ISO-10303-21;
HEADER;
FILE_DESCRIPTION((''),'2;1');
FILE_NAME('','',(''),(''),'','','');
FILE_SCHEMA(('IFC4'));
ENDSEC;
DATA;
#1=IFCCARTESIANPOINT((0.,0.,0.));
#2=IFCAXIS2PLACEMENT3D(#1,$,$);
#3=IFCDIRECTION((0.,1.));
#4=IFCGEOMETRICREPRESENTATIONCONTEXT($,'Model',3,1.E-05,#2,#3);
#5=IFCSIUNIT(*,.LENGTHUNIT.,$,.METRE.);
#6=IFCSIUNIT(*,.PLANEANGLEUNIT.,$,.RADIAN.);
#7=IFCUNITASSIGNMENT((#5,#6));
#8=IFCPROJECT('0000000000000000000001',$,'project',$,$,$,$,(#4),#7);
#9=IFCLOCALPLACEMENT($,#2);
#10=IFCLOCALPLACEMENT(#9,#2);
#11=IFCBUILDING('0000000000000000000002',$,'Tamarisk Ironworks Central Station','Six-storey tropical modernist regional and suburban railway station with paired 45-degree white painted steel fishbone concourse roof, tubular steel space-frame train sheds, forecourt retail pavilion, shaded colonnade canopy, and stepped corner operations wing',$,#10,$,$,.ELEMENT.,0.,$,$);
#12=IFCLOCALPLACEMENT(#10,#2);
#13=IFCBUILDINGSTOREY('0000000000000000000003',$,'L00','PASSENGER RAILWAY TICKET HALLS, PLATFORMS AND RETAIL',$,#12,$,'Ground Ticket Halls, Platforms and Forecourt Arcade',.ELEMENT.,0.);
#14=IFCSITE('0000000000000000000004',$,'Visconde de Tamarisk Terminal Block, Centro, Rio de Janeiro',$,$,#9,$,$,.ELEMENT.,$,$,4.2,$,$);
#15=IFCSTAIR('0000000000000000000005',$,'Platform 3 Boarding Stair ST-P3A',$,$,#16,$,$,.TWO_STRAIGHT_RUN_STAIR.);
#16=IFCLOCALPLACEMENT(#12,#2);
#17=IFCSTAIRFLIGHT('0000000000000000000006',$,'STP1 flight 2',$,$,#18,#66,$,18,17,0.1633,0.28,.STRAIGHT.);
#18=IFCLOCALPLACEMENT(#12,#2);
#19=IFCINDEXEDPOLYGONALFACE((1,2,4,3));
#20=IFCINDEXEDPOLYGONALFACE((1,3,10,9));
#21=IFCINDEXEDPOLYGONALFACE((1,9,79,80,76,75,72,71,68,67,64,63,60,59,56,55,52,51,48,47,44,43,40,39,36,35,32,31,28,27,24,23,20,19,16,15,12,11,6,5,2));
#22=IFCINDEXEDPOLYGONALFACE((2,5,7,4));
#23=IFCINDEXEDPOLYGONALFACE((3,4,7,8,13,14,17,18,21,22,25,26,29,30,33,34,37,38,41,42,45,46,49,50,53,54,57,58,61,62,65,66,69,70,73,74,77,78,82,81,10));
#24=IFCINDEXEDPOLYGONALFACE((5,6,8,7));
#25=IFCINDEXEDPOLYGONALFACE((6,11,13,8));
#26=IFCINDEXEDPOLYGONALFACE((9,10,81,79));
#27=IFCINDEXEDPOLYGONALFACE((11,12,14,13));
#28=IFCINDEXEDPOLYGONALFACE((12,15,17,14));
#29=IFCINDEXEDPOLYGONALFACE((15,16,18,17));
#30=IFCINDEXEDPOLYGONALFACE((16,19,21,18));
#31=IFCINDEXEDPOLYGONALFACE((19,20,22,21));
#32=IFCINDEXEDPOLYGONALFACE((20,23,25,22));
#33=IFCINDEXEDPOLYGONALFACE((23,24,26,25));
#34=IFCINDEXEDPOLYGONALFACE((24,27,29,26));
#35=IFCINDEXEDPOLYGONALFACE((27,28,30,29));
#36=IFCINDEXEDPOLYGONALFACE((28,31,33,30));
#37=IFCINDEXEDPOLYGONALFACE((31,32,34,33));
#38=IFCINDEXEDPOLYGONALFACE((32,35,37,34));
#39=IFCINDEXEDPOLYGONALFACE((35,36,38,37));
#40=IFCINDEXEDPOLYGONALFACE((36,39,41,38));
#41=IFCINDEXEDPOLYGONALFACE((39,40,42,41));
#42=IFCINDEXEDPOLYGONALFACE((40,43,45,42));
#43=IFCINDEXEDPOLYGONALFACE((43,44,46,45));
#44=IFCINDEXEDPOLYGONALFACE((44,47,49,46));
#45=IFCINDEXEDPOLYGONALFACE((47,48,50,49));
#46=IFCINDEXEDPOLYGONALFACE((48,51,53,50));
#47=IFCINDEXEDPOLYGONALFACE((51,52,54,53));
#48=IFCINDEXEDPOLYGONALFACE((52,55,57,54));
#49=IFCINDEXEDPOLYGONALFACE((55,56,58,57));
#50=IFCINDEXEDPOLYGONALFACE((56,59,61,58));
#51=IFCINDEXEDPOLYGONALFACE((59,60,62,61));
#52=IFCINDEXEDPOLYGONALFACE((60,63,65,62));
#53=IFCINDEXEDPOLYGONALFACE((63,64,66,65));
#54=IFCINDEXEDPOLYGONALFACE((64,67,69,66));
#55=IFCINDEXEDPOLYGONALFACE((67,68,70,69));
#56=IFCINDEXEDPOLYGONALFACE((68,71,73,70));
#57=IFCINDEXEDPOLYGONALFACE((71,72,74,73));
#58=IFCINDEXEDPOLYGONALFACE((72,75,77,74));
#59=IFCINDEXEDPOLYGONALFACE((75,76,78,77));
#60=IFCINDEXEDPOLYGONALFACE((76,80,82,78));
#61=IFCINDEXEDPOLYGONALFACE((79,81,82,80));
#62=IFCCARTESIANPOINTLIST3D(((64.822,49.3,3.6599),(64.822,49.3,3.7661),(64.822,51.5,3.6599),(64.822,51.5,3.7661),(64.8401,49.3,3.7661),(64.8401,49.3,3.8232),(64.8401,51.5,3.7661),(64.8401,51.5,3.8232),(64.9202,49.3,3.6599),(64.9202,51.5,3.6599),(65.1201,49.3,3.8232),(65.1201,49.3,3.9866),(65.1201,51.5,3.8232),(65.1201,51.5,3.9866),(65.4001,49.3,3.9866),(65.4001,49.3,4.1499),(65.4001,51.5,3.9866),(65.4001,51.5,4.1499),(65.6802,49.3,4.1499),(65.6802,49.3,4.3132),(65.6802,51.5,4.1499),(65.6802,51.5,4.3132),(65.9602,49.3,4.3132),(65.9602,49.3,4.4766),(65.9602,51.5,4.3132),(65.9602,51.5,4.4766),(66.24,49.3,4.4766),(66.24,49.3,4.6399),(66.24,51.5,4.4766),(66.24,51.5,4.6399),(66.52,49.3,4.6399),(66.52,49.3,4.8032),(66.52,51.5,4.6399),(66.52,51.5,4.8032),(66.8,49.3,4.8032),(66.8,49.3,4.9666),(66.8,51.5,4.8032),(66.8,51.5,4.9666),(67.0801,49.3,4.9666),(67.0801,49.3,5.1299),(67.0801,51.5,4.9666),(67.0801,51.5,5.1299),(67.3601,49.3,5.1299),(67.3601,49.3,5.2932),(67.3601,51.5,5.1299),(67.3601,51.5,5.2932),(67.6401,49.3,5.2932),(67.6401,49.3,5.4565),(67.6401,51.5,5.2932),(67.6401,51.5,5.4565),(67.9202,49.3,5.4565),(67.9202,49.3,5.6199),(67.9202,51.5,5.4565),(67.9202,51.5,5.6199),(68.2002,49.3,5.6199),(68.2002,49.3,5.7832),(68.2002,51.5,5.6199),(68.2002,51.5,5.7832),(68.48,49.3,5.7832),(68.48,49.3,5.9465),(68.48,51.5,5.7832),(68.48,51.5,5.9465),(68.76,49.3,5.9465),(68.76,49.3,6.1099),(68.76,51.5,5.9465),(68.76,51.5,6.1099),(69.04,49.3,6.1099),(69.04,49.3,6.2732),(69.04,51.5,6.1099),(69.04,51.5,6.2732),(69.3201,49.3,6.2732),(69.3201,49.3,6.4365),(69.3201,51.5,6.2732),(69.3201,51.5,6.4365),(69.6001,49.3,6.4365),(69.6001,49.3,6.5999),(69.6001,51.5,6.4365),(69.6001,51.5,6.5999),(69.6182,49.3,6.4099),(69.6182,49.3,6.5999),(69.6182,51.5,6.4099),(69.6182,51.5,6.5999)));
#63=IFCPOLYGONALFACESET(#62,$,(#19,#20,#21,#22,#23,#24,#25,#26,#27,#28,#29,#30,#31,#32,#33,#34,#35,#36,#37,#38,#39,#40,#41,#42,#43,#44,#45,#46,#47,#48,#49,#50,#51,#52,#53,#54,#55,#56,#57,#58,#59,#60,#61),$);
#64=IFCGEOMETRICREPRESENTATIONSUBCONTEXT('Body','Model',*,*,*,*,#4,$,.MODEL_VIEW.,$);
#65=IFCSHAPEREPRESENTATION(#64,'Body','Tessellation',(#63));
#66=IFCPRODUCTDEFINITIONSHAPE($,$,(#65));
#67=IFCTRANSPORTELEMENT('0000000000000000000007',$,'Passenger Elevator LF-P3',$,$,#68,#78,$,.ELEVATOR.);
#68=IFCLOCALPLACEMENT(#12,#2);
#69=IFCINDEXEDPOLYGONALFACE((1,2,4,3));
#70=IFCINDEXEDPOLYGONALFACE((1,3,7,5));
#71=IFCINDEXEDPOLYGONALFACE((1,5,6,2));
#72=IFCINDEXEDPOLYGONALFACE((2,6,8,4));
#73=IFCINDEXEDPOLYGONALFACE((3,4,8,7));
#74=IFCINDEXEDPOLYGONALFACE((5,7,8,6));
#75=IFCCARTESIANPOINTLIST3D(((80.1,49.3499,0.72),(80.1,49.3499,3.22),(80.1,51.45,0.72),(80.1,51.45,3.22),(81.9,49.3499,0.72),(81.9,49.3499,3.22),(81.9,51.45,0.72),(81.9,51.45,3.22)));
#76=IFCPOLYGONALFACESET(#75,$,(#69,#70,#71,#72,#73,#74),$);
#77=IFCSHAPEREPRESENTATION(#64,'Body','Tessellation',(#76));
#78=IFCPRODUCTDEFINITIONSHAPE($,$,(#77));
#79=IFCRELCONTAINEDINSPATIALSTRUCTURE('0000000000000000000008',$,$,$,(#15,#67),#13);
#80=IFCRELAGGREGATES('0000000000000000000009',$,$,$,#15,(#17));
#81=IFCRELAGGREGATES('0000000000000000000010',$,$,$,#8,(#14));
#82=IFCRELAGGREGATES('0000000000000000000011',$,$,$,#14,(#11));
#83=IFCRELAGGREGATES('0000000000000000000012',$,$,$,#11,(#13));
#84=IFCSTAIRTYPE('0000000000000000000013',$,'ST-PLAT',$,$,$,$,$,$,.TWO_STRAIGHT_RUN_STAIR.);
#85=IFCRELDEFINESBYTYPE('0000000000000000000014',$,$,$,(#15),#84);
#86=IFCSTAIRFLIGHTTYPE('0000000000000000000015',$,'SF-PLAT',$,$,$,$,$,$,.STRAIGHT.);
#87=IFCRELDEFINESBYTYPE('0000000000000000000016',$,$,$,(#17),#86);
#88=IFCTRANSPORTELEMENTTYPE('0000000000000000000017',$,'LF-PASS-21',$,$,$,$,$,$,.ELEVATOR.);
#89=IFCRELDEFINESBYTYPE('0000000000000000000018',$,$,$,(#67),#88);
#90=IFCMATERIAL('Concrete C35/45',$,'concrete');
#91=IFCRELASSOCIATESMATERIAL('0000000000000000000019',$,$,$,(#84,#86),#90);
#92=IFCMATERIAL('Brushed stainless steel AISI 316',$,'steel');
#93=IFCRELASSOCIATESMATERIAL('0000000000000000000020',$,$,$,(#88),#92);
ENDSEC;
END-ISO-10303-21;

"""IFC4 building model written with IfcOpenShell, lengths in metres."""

from ifc_helpers import new_model, si_unit, direction, frame, origin, origin_2d, place, context, subcontext, project, spatial, polyline, rectangle, outline, extrude, material, type_object, element, aggregate, save


model = new_model("IFC4")

# Units and contexts
model_context = context("Model", 3, precision=1e-05, world=origin(), true_north=direction((0.0, 1.0)))
body_context = subcontext(model_context, "Body", "Model", "MODEL_VIEW")
ifc_project = project(units=[si_unit("LENGTHUNIT", "METRE"), si_unit("PLANEANGLEUNIT", "RADIAN")], contexts=[model_context])

# Site, building, storey
site_placement = place(None, origin())
site = spatial("IfcSite", under=ifc_project, at=site_placement, Name="Visconde de Tamarisk Terminal Block, Centro, Rio de Janeiro", CompositionType="ELEMENT", RefElevation=4.2)
building_placement = place(site_placement, origin())
building = spatial("IfcBuilding", under=site, at=building_placement, Name="Tamarisk Ironworks Central Station", Description="Six-storey tropical modernist regional and suburban railway station with paired 45-degree white painted steel fishbone concourse roof, tubular steel space-frame train sheds, forecourt retail pavilion, shaded colonnade canopy, and stepped corner operations wing", CompositionType="ELEMENT", ElevationOfRefHeight=0.0)
storey_placement = place(building_placement, origin())
storey = spatial("IfcBuildingStorey", under=building, at=storey_placement, Name="L00", Description="PASSENGER RAILWAY TICKET HALLS, PLATFORMS AND RETAIL", LongName="Ground Ticket Halls, Platforms and Forecourt Arcade", CompositionType="ELEMENT", Elevation=0.0)

# Stair, stair flight
ifc_material_1 = material(Name="Concrete C35/45", Category="concrete")
stair_type = type_object("IfcStairType", Name="ST-PLAT", PredefinedType="TWO_STRAIGHT_RUN_STAIR", material=ifc_material_1)
stair_placement = place(storey_placement, origin())
stair = element("IfcStair", 1, at=stair_placement, inside=storey, type_object=stair_type, Name="Platform 3 Boarding Stair ST-P3A", PredefinedType="TWO_STRAIGHT_RUN_STAIR")
stair_flight_type = type_object("IfcStairFlightType", Name="SF-PLAT", PredefinedType="STRAIGHT", material=ifc_material_1)
stair_flight_placement = place(storey_placement, frame((64.8401, 50.3999, 3.6599), z_axis=(0.0, 0.0, 1.0), x_axis=(1.0, 0.0, 0.0)))
stair_flight = element("IfcStairFlight", 2, at=stair_flight_placement, type_object=stair_flight_type, Name="STP1 flight 2", NumberOfRisers=18, NumberOfTreads=17, PredefinedType="STRAIGHT", RiserHeight=0.1633, TreadLength=0.28, context=body_context, shape_type="SweptSolid", body=[
    extrude(outline(polyline([(-0.0181, 0.0), (-0.0181, 0.1062), (0.0, 0.1062), (0.0, 0.1633), (0.28, 0.1633), (0.28, 0.3267), (0.5601, 0.3267), (0.5601, 0.49), (0.8401, 0.49), (0.8401, 0.6533), (1.1201, 0.6533), (1.1201, 0.8167), (1.3999, 0.8167), (1.3999, 0.98), (1.6799, 0.98), (1.6799, 1.1433), (1.96, 1.1433), (1.96, 1.3066), (2.24, 1.3066), (2.24, 1.47), (2.52, 1.47), (2.52, 1.6333), (2.8, 1.6333), (2.8, 1.7966), (3.0801, 1.7966), (3.0801, 1.96), (3.3601, 1.96), (3.3601, 2.1233), (3.6399, 2.1233), (3.6399, 2.2866), (3.9199, 2.2866), (3.9199, 2.45), (4.2, 2.45), (4.2, 2.6133), (4.48, 2.6133), (4.48, 2.7766), (4.76, 2.7766), (4.76, 2.9399), (4.7781, 2.9399), (4.7781, 2.75), (0.0801, 0.0), (-0.0181, 0.0)])), frame((0.0, 1.1001, 0.0), z_axis=(0.0, -1.0, 0.0), x_axis=(1.0, 0.0, 0.0)), (0.0, 0.0, 1.0), 2.2),
])
aggregate(stair, [stair_flight])

# Transport element
ifc_material_2 = material(Name="Brushed stainless steel AISI 316", Category="steel")
transport_element_type = type_object("IfcTransportElementType", Name="LF-PASS-21", PredefinedType="ELEVATOR", material=ifc_material_2)
transport_element_placement = place(storey_placement, frame((81.0, 50.3999, 0.72), z_axis=(0.0, 0.0, 1.0), x_axis=(1.0, 0.0, 0.0)))
element("IfcTransportElement", 3, at=transport_element_placement, inside=storey, type_object=transport_element_type, Name="Passenger Elevator LF-P3", PredefinedType="ELEVATOR", context=body_context, shape_type="SweptSolid", body=[
    extrude(rectangle(XDim=1.8, YDim=2.1001, at=origin_2d()), origin(), (0.0, 0.0, 1.0), 2.5),
])

save(model, "model.ifc")
